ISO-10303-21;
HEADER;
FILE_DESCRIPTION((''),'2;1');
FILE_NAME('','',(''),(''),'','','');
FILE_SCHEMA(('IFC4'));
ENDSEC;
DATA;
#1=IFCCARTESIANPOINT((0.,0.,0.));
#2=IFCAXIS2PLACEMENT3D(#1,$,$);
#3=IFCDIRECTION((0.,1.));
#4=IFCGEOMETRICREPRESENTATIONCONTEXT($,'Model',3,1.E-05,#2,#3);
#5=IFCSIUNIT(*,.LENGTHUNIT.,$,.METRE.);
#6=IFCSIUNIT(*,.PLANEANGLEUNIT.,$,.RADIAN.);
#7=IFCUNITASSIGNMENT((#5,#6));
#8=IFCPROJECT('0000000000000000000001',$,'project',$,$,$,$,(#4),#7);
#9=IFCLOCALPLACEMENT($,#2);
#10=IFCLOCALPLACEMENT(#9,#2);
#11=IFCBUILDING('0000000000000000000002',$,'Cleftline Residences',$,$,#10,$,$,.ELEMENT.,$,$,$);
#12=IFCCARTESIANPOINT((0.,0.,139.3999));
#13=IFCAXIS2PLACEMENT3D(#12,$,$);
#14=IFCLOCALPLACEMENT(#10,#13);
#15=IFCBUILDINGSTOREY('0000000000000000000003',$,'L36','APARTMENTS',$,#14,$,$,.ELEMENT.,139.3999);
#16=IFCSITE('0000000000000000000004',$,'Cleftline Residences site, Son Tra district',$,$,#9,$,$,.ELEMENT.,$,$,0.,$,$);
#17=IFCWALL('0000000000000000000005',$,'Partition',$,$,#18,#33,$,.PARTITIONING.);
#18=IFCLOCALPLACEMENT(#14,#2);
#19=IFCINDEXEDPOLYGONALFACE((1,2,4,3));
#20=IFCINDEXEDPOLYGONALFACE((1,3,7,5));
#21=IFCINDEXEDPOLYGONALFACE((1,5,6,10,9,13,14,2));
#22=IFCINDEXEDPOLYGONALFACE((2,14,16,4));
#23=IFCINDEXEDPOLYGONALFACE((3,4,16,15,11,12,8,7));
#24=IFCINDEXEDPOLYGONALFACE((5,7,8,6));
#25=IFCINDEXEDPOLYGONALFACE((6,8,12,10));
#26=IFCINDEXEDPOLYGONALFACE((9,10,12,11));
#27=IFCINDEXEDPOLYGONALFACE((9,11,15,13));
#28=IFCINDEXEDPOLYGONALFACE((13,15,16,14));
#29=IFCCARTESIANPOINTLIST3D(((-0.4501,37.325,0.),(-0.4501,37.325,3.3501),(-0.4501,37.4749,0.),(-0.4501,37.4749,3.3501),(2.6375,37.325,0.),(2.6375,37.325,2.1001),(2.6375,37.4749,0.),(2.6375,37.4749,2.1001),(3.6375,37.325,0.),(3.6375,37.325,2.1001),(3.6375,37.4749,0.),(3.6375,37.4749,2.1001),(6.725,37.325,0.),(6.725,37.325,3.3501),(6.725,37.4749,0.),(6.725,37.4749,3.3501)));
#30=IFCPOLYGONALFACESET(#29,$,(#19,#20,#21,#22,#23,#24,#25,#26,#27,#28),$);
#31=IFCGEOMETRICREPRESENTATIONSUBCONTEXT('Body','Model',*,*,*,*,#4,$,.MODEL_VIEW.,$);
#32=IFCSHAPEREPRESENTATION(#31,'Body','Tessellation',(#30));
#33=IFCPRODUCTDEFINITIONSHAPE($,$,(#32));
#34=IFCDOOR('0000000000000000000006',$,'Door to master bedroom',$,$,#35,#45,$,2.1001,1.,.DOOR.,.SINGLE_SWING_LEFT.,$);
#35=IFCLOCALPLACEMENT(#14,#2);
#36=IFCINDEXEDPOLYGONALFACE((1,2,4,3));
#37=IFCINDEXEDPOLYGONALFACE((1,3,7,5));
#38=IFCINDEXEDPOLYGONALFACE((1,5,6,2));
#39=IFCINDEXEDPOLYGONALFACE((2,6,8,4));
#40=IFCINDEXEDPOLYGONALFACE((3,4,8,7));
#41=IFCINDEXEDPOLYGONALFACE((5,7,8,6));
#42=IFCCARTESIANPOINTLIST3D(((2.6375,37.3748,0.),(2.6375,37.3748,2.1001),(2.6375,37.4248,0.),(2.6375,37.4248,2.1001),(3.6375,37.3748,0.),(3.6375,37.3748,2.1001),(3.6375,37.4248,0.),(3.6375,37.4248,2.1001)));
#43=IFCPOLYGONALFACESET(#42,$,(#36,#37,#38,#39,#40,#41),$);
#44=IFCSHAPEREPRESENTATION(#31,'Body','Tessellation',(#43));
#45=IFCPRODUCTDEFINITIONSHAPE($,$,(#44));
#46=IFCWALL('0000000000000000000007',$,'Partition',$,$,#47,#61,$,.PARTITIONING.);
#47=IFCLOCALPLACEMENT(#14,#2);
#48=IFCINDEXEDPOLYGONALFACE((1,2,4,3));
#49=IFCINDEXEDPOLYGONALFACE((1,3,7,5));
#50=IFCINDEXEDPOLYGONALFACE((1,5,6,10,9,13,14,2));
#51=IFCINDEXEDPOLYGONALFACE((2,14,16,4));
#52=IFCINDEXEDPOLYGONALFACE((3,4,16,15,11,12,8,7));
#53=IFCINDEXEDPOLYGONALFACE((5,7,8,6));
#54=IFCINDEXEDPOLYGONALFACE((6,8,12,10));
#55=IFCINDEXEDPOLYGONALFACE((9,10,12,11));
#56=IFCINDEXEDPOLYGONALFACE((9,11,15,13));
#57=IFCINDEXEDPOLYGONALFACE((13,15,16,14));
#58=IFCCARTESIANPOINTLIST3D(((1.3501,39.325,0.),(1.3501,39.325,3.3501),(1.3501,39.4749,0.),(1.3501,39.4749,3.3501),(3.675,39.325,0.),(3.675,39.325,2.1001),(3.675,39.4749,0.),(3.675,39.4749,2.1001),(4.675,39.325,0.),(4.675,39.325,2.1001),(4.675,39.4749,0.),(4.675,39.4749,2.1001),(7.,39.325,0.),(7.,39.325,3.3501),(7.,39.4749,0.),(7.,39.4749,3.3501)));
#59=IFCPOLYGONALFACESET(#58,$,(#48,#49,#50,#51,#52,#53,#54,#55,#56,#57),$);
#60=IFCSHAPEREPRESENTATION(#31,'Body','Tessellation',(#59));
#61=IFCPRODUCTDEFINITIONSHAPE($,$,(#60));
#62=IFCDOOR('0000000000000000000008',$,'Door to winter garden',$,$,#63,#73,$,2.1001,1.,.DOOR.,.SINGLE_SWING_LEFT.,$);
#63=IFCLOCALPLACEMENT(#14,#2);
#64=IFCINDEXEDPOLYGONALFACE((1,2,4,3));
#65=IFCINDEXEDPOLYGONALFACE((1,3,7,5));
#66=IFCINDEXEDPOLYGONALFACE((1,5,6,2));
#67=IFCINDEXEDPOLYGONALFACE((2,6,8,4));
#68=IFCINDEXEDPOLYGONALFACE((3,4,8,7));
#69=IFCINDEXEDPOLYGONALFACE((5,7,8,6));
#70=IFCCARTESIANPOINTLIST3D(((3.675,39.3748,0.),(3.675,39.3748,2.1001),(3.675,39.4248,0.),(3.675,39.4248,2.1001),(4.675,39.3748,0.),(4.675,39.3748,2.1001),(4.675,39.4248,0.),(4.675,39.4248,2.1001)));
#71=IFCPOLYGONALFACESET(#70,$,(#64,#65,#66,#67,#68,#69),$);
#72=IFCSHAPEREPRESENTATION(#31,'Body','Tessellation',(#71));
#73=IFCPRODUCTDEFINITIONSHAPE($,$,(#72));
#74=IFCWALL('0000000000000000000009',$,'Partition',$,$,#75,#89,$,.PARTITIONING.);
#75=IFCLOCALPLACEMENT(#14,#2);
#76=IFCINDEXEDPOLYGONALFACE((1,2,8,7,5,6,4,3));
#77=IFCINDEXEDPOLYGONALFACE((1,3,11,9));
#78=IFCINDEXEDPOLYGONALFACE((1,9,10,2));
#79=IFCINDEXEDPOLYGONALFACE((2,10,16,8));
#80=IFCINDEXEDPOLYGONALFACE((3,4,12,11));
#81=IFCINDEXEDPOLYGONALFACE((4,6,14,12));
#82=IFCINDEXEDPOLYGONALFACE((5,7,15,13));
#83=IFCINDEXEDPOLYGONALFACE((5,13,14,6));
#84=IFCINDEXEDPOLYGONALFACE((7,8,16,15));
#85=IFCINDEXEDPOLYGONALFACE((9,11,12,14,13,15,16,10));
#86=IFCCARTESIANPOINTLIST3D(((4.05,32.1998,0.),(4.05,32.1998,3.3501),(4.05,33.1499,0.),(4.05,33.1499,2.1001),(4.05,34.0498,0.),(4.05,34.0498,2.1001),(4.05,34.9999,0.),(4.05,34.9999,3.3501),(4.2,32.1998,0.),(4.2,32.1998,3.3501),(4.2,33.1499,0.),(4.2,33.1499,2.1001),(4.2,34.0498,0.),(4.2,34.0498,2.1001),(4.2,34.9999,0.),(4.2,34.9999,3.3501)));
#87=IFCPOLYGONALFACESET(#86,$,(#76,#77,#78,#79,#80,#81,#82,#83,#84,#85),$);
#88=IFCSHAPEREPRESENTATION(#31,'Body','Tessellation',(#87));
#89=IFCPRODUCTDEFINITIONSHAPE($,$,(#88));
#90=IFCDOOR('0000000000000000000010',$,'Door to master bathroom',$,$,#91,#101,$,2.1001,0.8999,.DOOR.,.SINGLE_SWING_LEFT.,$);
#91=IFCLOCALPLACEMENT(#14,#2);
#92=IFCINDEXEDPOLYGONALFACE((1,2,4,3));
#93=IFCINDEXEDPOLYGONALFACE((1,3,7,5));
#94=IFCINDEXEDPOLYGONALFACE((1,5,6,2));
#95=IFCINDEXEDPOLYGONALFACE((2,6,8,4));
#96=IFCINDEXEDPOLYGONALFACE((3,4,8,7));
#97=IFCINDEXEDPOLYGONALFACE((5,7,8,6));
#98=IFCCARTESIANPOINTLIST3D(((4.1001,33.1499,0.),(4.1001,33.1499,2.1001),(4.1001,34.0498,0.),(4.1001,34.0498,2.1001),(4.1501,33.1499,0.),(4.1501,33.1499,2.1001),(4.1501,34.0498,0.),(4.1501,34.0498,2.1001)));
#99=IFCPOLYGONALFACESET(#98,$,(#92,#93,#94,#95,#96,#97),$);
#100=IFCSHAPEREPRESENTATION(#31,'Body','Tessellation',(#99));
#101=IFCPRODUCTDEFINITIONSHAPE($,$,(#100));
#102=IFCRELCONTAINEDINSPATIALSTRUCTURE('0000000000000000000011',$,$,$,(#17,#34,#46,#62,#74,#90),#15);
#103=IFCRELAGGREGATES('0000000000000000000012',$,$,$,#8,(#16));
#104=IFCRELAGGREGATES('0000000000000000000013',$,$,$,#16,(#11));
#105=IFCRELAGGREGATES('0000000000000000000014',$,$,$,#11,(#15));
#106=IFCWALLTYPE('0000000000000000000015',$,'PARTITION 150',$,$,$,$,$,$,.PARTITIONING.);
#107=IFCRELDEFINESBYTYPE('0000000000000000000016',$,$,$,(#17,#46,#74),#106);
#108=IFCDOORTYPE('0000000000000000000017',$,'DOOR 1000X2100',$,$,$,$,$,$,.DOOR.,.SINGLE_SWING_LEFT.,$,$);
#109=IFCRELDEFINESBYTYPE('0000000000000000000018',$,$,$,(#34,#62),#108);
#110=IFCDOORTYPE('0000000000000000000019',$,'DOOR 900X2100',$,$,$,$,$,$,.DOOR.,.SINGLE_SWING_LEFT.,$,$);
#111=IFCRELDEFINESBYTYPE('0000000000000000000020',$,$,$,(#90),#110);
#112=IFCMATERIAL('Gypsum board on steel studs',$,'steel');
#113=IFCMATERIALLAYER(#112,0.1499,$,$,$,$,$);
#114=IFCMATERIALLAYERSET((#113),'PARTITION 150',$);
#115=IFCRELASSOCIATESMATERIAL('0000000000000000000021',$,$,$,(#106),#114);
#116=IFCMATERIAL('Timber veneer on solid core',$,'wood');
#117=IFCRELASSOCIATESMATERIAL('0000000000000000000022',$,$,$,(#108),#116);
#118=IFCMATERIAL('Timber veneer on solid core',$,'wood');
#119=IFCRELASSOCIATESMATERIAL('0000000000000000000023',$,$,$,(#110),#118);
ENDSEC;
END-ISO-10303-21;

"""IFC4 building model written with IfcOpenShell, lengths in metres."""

from ifc_helpers import new_model, si_unit, direction, frame, frame_2d, origin, place, context, subcontext, project, spatial, rectangle, extrude, material, layer, layer_set, type_object, element, fill, save


model = new_model("IFC4")

# Units and contexts
model_context = context("Model", 3, precision=1e-05, world=origin(), true_north=direction((0.0, 1.0)))
body_context = subcontext(model_context, "Body", "Model", "MODEL_VIEW")
ifc_project = project(units=[si_unit("LENGTHUNIT", "METRE"), si_unit("PLANEANGLEUNIT", "RADIAN")], contexts=[model_context])

# Site, building, storey
site_placement = place(None, origin())
site = spatial("IfcSite", under=ifc_project, at=site_placement, Name="Cleftline Residences site, Son Tra district", CompositionType="ELEMENT", RefElevation=0.0)
building_placement = place(site_placement, origin())
building = spatial("IfcBuilding", under=site, at=building_placement, Name="Cleftline Residences", CompositionType="ELEMENT")
storey_placement = place(building_placement, frame((0.0, 0.0, 139.3999)))
storey = spatial("IfcBuildingStorey", under=building, at=storey_placement, Name="L36", Description="APARTMENTS", CompositionType="ELEMENT", Elevation=139.3999)

# Shared definitions
ifc_material_1 = material(Name="Gypsum board on steel studs", Category="steel")
ifc_layer_1 = layer(ifc_material_1, 0.1499)
ifc_layer_set_1 = layer_set([ifc_layer_1], Name="PARTITION 150")
wall_type_1 = type_object("IfcWallType", Name="PARTITION 150", PredefinedType="PARTITIONING", material=ifc_layer_set_1)

# Walls, openings, doors
wall_1_placement = place(storey_placement, frame((-0.45, 37.3999, 0.0), z_axis=(0.0, 0.0, 1.0), x_axis=(1.0, 0.0, 0.0)))
wall_1 = element("IfcWall", 1, at=wall_1_placement, inside=storey, type_object=wall_type_1, Name="Partition", PredefinedType="PARTITIONING", context=body_context, shape_type="SweptSolid", body=[
    extrude(rectangle(XDim=7.175, YDim=0.1499, at=frame_2d((3.5874, 0.0))), origin(), (0.0, 0.0, 1.0), 3.3501),
])
opening_1_placement = place(wall_1_placement, frame((3.0874, 0.0, 0.0)))
opening_1 = element("IfcOpeningElement", 2, at=opening_1_placement, cuts=wall_1, PredefinedType="OPENING", context=body_context, shape_type="SweptSolid", body=[
    extrude(rectangle(XDim=1.0, YDim=2.1001, at=frame_2d((0.5, 1.05))), frame((0.0, 0.085, 0.0), z_axis=(0.0, -1.0, 0.0), x_axis=(1.0, 0.0, 0.0)), (0.0, 0.0, 1.0), 0.1699),
])
ifc_material_2 = material(Name="Timber veneer on solid core", Category="wood")
door_type_1 = type_object("IfcDoorType", Name="DOOR 1000X2100", OperationType="SINGLE_SWING_LEFT", PredefinedType="DOOR", material=ifc_material_2)
door_1_placement = place(opening_1_placement, origin())
door_1 = element("IfcDoor", 3, at=door_1_placement, inside=storey, type_object=door_type_1, Name="Door to master bedroom", OperationType="SINGLE_SWING_LEFT", OverallHeight=2.1001, OverallWidth=1.0, PredefinedType="DOOR", context=body_context, shape_type="SweptSolid", body=[
    extrude(rectangle(XDim=1.0, YDim=2.1001, at=frame_2d((0.5, 1.05))), frame((0.0, 0.0249, 0.0), z_axis=(0.0, -1.0, 0.0), x_axis=(1.0, 0.0, 0.0)), (0.0, 0.0, 1.0), 0.05),
])
fill(opening_1, door_1)
wall_2_placement = place(storey_placement, frame((1.3501, 39.3999, 0.0), z_axis=(0.0, 0.0, 1.0), x_axis=(1.0, 0.0, 0.0)))
wall_2 = element("IfcWall", 4, at=wall_2_placement, inside=storey, type_object=wall_type_1, Name="Partition", PredefinedType="PARTITIONING", context=body_context, shape_type="SweptSolid", body=[
    extrude(rectangle(XDim=5.6499, YDim=0.1499, at=frame_2d((2.825, 0.0))), origin(), (0.0, 0.0, 1.0), 3.3501),
])
opening_2_placement = place(wall_2_placement, frame((2.325, 0.0, 0.0)))
opening_2 = element("IfcOpeningElement", 5, at=opening_2_placement, cuts=wall_2, PredefinedType="OPENING", context=body_context, shape_type="SweptSolid", body=[
    extrude(rectangle(XDim=1.0, YDim=2.1001, at=frame_2d((0.5, 1.05))), frame((0.0, 0.085, 0.0), z_axis=(0.0, -1.0, 0.0), x_axis=(1.0, 0.0, 0.0)), (0.0, 0.0, 1.0), 0.1699),
])
door_2_placement = place(opening_2_placement, origin())
door_2 = element("IfcDoor", 6, at=door_2_placement, inside=storey, type_object=door_type_1, Name="Door to winter garden", OperationType="SINGLE_SWING_LEFT", OverallHeight=2.1001, OverallWidth=1.0, PredefinedType="DOOR", context=body_context, shape_type="SweptSolid", body=[
    extrude(rectangle(XDim=1.0, YDim=2.1001, at=frame_2d((0.5, 1.05))), frame((0.0, 0.0249, 0.0), z_axis=(0.0, -1.0, 0.0), x_axis=(1.0, 0.0, 0.0)), (0.0, 0.0, 1.0), 0.05),
])
fill(opening_2, door_2)
wall_3_placement = place(storey_placement, frame((4.125, 32.2, 0.0), z_axis=(0.0, 0.0, 1.0), x_axis=(0.0, 1.0, 0.0)))
wall_3 = element("IfcWall", 7, at=wall_3_placement, inside=storey, type_object=wall_type_1, Name="Partition", PredefinedType="PARTITIONING", context=body_context, shape_type="SweptSolid", body=[
    extrude(rectangle(XDim=2.8, YDim=0.1499, at=frame_2d((1.3999, 0.0))), origin(), (0.0, 0.0, 1.0), 3.3501),
])
opening_3_placement = place(wall_3_placement, frame((0.95, 0.0, 0.0)))
opening_3 = element("IfcOpeningElement", 8, at=opening_3_placement, cuts=wall_3, PredefinedType="OPENING", context=body_context, shape_type="SweptSolid", body=[
    extrude(rectangle(XDim=0.8999, YDim=2.1001, at=frame_2d((0.45, 1.05))), frame((0.0, 0.085, 0.0), z_axis=(0.0, -1.0, 0.0), x_axis=(1.0, 0.0, 0.0)), (0.0, 0.0, 1.0), 0.1699),
])
ifc_material_3 = material(Name="Timber veneer on solid core", Category="wood")
door_type_2 = type_object("IfcDoorType", Name="DOOR 900X2100", OperationType="SINGLE_SWING_LEFT", PredefinedType="DOOR", material=ifc_material_3)
door_3_placement = place(opening_3_placement, origin())
door_3 = element("IfcDoor", 9, at=door_3_placement, inside=storey, type_object=door_type_2, Name="Door to master bathroom", OperationType="SINGLE_SWING_LEFT", OverallHeight=2.1001, OverallWidth=0.8999, PredefinedType="DOOR", context=body_context, shape_type="SweptSolid", body=[
    extrude(rectangle(XDim=0.8999, YDim=2.1001, at=frame_2d((0.45, 1.05))), frame((0.0, 0.0249, 0.0), z_axis=(0.0, -1.0, 0.0), x_axis=(1.0, 0.0, 0.0)), (0.0, 0.0, 1.0), 0.05),
])
fill(opening_3, door_3)

save(model, "model.ifc")
